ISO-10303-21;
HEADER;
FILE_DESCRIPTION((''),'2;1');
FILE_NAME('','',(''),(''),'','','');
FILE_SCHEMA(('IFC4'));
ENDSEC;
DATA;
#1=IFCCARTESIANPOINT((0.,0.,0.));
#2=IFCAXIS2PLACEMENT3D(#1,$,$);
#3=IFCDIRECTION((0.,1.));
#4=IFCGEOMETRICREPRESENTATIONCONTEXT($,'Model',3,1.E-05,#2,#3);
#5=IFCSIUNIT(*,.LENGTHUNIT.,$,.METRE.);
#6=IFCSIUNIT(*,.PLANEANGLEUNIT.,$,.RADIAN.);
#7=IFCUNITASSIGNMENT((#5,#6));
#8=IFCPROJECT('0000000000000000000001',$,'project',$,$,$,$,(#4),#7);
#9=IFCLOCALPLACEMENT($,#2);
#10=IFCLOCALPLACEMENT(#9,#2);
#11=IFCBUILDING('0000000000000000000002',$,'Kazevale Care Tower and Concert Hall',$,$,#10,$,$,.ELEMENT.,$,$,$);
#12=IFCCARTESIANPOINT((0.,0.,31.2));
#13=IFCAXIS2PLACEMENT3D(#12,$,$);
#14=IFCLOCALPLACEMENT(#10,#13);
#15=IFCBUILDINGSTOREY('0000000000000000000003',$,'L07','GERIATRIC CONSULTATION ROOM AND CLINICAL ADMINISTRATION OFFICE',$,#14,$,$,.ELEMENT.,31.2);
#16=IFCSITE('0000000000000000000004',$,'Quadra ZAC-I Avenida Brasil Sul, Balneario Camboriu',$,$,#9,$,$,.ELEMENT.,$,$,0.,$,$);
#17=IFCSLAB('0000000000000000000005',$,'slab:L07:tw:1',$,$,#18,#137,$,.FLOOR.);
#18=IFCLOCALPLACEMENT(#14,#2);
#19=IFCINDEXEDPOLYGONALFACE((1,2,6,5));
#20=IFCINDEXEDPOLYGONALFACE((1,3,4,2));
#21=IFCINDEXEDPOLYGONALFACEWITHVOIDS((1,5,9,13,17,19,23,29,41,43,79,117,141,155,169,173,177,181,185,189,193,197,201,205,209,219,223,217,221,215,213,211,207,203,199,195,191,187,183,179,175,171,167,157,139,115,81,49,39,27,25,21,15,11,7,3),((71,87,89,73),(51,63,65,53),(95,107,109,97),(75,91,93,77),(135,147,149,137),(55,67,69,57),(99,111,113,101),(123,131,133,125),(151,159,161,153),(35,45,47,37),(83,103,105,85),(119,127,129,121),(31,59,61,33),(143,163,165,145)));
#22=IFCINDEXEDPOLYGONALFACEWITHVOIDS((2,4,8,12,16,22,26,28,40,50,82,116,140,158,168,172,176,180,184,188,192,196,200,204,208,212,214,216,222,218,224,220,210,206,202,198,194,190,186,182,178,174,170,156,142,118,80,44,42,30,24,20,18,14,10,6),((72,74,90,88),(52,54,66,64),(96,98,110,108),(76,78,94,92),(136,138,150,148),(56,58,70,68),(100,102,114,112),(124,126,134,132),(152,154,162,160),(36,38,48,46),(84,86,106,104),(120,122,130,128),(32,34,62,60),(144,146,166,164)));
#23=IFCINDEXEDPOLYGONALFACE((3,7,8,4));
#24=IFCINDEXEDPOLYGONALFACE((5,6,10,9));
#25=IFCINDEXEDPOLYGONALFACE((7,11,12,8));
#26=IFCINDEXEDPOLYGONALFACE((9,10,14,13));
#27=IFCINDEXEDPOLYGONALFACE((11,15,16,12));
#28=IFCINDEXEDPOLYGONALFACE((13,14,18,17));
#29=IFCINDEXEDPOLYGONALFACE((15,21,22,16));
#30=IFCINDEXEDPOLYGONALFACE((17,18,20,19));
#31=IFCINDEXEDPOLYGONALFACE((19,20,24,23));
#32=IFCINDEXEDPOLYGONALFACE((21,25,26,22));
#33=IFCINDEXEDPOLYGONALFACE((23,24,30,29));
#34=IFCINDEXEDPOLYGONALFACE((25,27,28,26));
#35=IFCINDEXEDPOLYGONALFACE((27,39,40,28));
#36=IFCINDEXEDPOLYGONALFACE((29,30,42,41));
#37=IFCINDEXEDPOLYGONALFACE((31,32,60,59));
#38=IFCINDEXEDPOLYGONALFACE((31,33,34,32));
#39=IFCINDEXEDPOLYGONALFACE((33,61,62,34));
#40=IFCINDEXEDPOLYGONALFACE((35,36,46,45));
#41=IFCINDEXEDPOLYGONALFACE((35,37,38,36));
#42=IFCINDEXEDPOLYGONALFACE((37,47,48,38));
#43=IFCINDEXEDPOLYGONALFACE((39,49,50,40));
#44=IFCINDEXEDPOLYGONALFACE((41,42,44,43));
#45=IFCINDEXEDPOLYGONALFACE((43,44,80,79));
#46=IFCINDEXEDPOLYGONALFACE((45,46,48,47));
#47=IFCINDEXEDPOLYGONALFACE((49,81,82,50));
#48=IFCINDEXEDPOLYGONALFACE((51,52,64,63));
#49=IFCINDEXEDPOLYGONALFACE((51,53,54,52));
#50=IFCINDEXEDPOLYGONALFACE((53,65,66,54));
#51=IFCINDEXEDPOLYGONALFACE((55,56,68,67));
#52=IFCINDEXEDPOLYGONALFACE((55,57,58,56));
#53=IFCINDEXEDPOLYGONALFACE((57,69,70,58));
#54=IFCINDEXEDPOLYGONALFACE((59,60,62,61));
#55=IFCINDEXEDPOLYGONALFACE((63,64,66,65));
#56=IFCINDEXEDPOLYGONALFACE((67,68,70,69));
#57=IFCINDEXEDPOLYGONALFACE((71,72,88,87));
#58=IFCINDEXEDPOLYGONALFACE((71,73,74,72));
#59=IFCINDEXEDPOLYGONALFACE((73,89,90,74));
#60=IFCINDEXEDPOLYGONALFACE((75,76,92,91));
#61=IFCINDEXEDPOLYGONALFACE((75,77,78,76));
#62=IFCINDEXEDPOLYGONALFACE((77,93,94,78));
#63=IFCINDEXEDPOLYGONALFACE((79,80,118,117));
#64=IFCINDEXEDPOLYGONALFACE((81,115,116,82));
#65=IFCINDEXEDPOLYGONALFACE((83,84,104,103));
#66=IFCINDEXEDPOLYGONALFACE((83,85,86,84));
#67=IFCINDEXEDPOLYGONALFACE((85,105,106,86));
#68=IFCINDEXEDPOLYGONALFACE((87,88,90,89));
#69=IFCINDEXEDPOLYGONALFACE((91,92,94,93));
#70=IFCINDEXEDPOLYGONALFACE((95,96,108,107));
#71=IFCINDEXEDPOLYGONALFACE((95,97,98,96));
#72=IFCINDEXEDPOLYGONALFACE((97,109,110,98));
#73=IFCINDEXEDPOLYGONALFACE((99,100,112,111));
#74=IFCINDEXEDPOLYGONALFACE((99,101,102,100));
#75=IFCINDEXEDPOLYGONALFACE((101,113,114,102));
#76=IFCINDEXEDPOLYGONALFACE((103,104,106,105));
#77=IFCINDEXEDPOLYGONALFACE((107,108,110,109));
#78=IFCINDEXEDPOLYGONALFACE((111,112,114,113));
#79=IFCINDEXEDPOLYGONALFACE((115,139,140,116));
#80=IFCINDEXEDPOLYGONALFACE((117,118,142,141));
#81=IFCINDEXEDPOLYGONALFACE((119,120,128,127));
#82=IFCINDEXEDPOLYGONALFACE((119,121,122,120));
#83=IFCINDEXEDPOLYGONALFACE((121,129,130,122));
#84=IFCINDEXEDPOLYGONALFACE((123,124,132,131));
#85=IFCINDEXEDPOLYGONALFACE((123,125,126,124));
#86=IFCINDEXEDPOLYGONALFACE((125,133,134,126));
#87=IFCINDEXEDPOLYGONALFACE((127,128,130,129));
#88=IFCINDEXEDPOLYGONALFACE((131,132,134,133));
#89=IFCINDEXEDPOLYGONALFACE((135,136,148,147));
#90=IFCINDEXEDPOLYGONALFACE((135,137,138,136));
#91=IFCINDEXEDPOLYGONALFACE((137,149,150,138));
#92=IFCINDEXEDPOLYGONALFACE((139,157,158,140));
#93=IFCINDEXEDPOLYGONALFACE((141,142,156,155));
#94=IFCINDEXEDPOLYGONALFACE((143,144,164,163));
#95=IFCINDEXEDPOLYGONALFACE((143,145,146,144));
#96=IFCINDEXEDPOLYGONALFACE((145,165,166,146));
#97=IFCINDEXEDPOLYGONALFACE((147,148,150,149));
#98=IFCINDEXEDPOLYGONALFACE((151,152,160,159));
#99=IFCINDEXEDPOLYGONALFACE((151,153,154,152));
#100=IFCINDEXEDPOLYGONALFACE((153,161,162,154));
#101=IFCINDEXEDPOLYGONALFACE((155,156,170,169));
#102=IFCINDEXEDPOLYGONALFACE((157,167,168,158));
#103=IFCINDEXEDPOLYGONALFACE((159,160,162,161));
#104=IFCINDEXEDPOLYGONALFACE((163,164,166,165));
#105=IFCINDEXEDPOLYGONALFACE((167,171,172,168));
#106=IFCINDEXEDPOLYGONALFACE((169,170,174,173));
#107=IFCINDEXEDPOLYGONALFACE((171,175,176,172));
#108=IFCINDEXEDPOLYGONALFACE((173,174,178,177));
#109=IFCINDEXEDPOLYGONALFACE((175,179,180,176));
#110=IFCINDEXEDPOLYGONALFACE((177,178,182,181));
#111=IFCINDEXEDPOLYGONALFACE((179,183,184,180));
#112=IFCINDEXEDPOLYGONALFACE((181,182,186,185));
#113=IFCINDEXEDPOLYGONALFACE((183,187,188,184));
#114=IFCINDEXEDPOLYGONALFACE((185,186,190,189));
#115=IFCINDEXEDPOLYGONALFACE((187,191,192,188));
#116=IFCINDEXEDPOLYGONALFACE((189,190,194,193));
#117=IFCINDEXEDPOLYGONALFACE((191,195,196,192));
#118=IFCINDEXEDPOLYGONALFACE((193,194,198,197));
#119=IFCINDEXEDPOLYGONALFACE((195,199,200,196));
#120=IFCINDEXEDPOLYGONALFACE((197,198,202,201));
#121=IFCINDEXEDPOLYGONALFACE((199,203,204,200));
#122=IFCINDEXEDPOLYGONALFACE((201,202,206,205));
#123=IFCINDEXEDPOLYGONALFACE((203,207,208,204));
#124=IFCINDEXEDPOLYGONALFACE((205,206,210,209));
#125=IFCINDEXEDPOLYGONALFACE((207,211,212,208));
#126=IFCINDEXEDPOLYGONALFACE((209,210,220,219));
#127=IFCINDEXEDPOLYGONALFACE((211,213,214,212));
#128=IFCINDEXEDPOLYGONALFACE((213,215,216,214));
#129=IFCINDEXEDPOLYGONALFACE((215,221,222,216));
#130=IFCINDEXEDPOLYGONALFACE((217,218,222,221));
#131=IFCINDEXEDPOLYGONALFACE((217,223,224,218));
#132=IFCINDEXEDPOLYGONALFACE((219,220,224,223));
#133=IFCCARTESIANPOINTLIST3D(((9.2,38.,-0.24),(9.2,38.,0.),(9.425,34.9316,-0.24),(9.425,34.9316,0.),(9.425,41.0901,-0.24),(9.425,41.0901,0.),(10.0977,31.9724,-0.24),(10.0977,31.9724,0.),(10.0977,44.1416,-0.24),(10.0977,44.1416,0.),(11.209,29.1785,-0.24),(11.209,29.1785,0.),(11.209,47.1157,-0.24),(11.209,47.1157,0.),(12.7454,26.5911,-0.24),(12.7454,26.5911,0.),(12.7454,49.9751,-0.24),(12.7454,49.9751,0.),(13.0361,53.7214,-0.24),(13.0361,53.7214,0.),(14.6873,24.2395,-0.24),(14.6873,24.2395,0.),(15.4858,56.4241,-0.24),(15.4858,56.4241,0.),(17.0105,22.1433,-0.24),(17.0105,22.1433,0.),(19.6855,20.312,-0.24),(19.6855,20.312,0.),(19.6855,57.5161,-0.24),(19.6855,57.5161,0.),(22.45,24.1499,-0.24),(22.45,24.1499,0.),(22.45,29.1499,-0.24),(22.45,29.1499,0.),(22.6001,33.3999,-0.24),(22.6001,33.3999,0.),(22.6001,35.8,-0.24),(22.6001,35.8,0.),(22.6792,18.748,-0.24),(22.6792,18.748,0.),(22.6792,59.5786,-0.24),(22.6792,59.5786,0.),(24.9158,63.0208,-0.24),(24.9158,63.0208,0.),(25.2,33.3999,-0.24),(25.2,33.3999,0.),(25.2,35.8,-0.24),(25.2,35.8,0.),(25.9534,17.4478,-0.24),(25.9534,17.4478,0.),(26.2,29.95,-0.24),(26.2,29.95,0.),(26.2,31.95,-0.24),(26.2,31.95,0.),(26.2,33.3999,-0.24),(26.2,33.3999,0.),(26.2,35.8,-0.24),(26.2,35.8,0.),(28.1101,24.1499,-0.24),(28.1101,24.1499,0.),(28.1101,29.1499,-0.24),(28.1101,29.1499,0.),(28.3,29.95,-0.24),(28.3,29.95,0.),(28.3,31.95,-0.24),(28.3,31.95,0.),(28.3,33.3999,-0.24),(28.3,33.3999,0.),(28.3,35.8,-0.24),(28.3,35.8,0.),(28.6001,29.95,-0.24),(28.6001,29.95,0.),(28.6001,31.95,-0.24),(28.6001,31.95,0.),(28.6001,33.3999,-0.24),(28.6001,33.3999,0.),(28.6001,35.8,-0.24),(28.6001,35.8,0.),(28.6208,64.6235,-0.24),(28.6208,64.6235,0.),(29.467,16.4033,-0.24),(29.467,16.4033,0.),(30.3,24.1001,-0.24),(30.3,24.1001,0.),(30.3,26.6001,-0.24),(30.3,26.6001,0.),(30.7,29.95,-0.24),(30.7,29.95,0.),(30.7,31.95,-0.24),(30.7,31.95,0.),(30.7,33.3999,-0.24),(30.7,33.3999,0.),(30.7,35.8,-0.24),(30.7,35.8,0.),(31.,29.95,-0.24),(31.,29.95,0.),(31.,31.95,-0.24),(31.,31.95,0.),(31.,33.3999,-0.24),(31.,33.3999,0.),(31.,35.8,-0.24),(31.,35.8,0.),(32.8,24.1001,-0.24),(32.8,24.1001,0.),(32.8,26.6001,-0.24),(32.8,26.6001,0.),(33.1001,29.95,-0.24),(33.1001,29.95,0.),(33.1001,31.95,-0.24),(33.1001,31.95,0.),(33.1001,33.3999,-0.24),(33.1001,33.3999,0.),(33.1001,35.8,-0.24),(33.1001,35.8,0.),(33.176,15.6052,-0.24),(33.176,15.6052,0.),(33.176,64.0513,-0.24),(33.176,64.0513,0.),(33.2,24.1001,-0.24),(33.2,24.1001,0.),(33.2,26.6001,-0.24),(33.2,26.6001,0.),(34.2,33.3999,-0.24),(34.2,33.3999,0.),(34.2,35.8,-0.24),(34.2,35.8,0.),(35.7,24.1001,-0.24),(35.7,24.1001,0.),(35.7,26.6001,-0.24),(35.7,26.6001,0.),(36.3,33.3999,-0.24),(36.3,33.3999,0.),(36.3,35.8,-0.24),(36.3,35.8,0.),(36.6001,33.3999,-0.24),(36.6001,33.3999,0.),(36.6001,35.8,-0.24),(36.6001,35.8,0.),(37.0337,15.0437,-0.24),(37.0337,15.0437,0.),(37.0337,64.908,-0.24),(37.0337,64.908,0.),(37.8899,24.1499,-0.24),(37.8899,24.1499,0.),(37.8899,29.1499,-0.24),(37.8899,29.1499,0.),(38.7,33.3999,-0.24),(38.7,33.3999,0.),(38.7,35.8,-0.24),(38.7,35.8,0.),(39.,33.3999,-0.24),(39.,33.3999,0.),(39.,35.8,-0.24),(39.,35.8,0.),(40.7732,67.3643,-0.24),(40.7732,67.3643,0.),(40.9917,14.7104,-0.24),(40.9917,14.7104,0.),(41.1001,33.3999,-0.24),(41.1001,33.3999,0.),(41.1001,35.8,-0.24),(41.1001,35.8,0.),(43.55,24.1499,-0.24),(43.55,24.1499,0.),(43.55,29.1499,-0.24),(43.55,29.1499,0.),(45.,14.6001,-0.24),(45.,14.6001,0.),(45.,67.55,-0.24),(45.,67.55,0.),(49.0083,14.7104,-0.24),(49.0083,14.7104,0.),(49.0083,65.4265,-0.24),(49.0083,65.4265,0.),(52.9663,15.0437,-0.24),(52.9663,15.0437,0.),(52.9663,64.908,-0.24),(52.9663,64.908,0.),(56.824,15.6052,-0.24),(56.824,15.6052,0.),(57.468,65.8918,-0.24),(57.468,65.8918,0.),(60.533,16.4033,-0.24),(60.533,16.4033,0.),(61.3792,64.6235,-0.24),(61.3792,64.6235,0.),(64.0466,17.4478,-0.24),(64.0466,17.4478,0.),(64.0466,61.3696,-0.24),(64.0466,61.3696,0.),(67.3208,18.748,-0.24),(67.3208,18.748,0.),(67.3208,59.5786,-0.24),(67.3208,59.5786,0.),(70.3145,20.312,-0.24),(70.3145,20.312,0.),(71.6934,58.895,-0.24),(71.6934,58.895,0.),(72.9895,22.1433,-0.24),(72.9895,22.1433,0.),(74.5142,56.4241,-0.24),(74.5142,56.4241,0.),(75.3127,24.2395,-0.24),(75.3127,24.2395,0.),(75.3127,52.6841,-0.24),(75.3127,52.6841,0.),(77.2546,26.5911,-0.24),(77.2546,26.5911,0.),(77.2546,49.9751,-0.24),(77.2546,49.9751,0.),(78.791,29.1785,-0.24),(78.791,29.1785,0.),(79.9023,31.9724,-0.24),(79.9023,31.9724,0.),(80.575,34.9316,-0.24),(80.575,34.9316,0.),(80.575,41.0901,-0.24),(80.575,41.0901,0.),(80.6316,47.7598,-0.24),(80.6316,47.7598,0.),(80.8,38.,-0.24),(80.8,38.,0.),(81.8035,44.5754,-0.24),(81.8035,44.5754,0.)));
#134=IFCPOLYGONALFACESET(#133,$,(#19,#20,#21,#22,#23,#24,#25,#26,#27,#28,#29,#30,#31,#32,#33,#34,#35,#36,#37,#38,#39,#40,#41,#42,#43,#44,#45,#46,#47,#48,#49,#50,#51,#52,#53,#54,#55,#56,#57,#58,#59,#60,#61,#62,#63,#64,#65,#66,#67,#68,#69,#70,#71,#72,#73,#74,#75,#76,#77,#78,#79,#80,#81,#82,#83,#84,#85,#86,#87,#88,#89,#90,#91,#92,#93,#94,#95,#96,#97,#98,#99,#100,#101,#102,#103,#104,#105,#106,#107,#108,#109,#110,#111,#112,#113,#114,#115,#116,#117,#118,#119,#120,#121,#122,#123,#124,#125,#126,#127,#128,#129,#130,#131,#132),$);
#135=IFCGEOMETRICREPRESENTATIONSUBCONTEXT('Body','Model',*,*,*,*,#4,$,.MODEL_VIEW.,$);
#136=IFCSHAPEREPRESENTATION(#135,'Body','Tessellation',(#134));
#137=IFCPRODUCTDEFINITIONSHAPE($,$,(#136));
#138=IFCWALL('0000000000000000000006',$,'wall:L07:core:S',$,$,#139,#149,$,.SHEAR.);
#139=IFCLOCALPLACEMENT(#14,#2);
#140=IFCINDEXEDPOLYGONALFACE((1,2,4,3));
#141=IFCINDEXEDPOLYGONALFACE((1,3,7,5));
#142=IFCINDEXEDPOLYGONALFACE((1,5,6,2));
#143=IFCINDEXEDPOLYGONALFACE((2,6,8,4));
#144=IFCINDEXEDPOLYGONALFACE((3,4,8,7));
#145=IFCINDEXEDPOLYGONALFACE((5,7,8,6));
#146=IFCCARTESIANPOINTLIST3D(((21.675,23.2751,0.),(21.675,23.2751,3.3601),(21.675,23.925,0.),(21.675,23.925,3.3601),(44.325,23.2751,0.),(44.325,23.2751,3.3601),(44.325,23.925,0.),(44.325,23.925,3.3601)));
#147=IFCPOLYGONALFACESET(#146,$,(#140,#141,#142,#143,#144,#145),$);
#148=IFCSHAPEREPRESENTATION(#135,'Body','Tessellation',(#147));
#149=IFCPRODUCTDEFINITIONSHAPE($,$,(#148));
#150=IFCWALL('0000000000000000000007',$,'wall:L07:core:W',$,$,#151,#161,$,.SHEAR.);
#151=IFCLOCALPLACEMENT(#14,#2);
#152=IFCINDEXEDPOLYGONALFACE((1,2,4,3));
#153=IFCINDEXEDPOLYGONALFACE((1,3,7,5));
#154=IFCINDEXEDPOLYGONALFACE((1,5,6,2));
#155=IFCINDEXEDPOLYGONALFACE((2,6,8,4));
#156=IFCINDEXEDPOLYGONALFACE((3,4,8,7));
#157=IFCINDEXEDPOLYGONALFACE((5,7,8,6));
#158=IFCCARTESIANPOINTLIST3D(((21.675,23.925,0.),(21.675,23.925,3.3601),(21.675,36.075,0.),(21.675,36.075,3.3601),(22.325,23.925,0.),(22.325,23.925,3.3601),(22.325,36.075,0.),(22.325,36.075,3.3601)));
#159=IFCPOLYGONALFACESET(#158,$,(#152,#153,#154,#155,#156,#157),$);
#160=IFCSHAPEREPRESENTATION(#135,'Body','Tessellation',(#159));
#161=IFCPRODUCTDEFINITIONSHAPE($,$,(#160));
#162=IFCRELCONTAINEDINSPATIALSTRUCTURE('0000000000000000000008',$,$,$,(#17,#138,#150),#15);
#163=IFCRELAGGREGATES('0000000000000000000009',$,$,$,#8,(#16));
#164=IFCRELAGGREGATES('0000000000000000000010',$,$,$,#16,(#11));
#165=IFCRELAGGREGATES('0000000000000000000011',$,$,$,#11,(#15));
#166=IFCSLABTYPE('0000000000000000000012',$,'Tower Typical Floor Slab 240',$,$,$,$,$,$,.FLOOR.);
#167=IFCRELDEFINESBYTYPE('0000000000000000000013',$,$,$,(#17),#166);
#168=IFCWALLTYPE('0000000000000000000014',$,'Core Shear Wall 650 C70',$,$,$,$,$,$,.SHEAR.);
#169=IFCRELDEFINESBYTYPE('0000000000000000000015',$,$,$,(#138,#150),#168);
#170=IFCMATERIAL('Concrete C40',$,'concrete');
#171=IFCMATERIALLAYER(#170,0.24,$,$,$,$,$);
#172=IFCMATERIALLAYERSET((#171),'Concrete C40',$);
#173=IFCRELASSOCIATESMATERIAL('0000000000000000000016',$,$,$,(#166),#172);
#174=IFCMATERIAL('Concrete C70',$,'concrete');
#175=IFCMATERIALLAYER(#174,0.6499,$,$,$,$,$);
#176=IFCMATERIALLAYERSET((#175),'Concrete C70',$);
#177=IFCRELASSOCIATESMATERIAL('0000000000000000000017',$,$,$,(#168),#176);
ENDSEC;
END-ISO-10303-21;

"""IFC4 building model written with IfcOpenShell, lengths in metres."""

from ifc_helpers import new_model, si_unit, direction, frame, frame_2d, origin, place, context, subcontext, project, spatial, polyline, rectangle, outline, extrude, material, layer, layer_set, type_object, element, save


model = new_model("IFC4")

# Units and contexts
model_context = context("Model", 3, precision=1e-05, world=origin(), true_north=direction((0.0, 1.0)))
body_context = subcontext(model_context, "Body", "Model", "MODEL_VIEW")
ifc_project = project(units=[si_unit("LENGTHUNIT", "METRE"), si_unit("PLANEANGLEUNIT", "RADIAN")], contexts=[model_context])

# Site, building, storey
site_placement = place(None, origin())
site = spatial("IfcSite", under=ifc_project, at=site_placement, Name="Quadra ZAC-I Avenida Brasil Sul, Balneario Camboriu", CompositionType="ELEMENT", RefElevation=0.0)
building_placement = place(site_placement, origin())
building = spatial("IfcBuilding", under=site, at=building_placement, Name="Kazevale Care Tower and Concert Hall", CompositionType="ELEMENT")
storey_placement = place(building_placement, frame((0.0, 0.0, 31.2)))
storey = spatial("IfcBuildingStorey", under=building, at=storey_placement, Name="L07", Description="GERIATRIC CONSULTATION ROOM AND CLINICAL ADMINISTRATION OFFICE", CompositionType="ELEMENT", Elevation=31.2)

# Shared definitions
ifc_material_1 = material(Name="Concrete C70", Category="concrete")

# Shared definitions
ifc_material_2 = material(Name="Concrete C40", Category="concrete")

# Slab
ifc_layer_1 = layer(ifc_material_2, 0.24)
ifc_layer_set_1 = layer_set([ifc_layer_1], Name="Concrete C40")
slab_type_1 = type_object("IfcSlabType", Name="Tower Typical Floor Slab 240", PredefinedType="FLOOR", material=ifc_layer_set_1)
slab_1_placement = place(storey_placement, frame((0.0, 0.0, -0.24)))
element("IfcSlab", 1, at=slab_1_placement, inside=storey, type_object=slab_type_1, Name="slab:L07:tw:1", PredefinedType="FLOOR", context=body_context, shape_type="SweptSolid", body=[
    extrude(outline(polyline([(80.8, 38.0), (80.575, 41.0901), (81.8035, 44.5754), (80.6316, 47.7598), (77.2546, 49.9751), (75.3127, 52.6841), (74.5142, 56.4241), (71.6934, 58.895), (67.3208, 59.5786), (64.0466, 61.3696), (61.3792, 64.6235), (57.468, 65.8918), (52.9663, 64.908), (49.0083, 65.4265), (45.0, 67.55), (40.7732, 67.3643), (37.0337, 64.908), (33.176, 64.0513), (28.6208, 64.6235), (24.9158, 63.0208), (22.6792, 59.5786), (19.6855, 57.5161), (15.4858, 56.4241), (13.0361, 53.7214), (12.7454, 49.9751), (11.209, 47.1157), (10.0977, 44.1416), (9.425, 41.0901), (9.2, 38.0), (9.425, 34.9316), (10.0977, 31.9724), (11.209, 29.1785), (12.7454, 26.5911), (14.6873, 24.2395), (17.0105, 22.1433), (19.6855, 20.312), (22.6792, 18.748), (25.9534, 17.4478), (29.467, 16.4033), (33.176, 15.6052), (37.0337, 15.0437), (40.9917, 14.7104), (45.0, 14.6001), (49.0083, 14.7104), (52.9663, 15.0437), (56.824, 15.6052), (60.533, 16.4033), (64.0466, 17.4478), (67.3208, 18.748), (70.3145, 20.312), (72.9895, 22.1433), (75.3127, 24.2395), (77.2546, 26.5911), (78.791, 29.1785), (79.9023, 31.9724), (80.575, 34.9316), (80.8, 38.0)]), holes=[polyline([(22.45, 24.1499), (28.1101, 24.1499), (28.1101, 29.1499), (22.45, 29.1499), (22.45, 24.1499)]), polyline([(37.8899, 24.1499), (43.55, 24.1499), (43.55, 29.1499), (37.8899, 29.1499), (37.8899, 24.1499)]), polyline([(30.3, 24.1001), (32.8, 24.1001), (32.8, 26.6001), (30.3, 26.6001), (30.3, 24.1001)]), polyline([(33.2, 24.1001), (35.7, 24.1001), (35.7, 26.6001), (33.2, 26.6001), (33.2, 24.1001)]), polyline([(22.6001, 33.3999), (25.2, 33.3999), (25.2, 35.8), (22.6001, 35.8), (22.6001, 33.3999)]), polyline([(26.2, 33.3999), (28.3, 33.3999), (28.3, 35.8), (26.2, 35.8), (26.2, 33.3999)]), polyline([(28.6001, 33.3999), (30.7, 33.3999), (30.7, 35.8), (28.6001, 35.8), (28.6001, 33.3999)]), polyline([(31.0, 33.3999), (33.1001, 33.3999), (33.1001, 35.8), (31.0, 35.8), (31.0, 33.3999)]), polyline([(34.2, 33.3999), (36.3, 33.3999), (36.3, 35.8), (34.2, 35.8), (34.2, 33.3999)]), polyline([(36.6001, 33.3999), (38.7, 33.3999), (38.7, 35.8), (36.6001, 35.8), (36.6001, 33.3999)]), polyline([(39.0, 33.3999), (41.1001, 33.3999), (41.1001, 35.8), (39.0, 35.8), (39.0, 33.3999)]), polyline([(26.2, 29.95), (28.3, 29.95), (28.3, 31.95), (26.2, 31.95), (26.2, 29.95)]), polyline([(28.6001, 29.95), (30.7, 29.95), (30.7, 31.95), (28.6001, 31.95), (28.6001, 29.95)]), polyline([(31.0, 29.95), (33.1001, 29.95), (33.1001, 31.95), (31.0, 31.95), (31.0, 29.95)])]), origin(), (0.0, 0.0, 1.0), 0.24),
])

# Walls
ifc_layer_2 = layer(ifc_material_1, 0.6499)
ifc_layer_set_2 = layer_set([ifc_layer_2], Name="Concrete C70")
wall_type_1 = type_object("IfcWallType", Name="Core Shear Wall 650 C70", PredefinedType="SHEAR", material=ifc_layer_set_2)
wall_1_placement = place(storey_placement, frame((21.675, 23.6001, 0.0), z_axis=(0.0, 0.0, 1.0), x_axis=(1.0, 0.0, 0.0)))
element("IfcWall", 2, at=wall_1_placement, inside=storey, type_object=wall_type_1, Name="wall:L07:core:S", PredefinedType="SHEAR", context=body_context, shape_type="SweptSolid", body=[
    extrude(rectangle(XDim=22.6499, YDim=0.6499, at=frame_2d((11.325, 0.0))), origin(), (0.0, 0.0, 1.0), 3.3601),
])
wall_2_placement = place(storey_placement, frame((22.0, 23.925, 0.0), z_axis=(0.0, 0.0, 1.0), x_axis=(0.0, 1.0, 0.0)))
element("IfcWall", 3, at=wall_2_placement, inside=storey, type_object=wall_type_1, Name="wall:L07:core:W", PredefinedType="SHEAR", context=body_context, shape_type="SweptSolid", body=[
    extrude(rectangle(XDim=12.1499, YDim=0.6499, at=frame_2d((6.075, 0.0))), origin(), (0.0, 0.0, 1.0), 3.3601),
])

save(model, "model.ifc")
